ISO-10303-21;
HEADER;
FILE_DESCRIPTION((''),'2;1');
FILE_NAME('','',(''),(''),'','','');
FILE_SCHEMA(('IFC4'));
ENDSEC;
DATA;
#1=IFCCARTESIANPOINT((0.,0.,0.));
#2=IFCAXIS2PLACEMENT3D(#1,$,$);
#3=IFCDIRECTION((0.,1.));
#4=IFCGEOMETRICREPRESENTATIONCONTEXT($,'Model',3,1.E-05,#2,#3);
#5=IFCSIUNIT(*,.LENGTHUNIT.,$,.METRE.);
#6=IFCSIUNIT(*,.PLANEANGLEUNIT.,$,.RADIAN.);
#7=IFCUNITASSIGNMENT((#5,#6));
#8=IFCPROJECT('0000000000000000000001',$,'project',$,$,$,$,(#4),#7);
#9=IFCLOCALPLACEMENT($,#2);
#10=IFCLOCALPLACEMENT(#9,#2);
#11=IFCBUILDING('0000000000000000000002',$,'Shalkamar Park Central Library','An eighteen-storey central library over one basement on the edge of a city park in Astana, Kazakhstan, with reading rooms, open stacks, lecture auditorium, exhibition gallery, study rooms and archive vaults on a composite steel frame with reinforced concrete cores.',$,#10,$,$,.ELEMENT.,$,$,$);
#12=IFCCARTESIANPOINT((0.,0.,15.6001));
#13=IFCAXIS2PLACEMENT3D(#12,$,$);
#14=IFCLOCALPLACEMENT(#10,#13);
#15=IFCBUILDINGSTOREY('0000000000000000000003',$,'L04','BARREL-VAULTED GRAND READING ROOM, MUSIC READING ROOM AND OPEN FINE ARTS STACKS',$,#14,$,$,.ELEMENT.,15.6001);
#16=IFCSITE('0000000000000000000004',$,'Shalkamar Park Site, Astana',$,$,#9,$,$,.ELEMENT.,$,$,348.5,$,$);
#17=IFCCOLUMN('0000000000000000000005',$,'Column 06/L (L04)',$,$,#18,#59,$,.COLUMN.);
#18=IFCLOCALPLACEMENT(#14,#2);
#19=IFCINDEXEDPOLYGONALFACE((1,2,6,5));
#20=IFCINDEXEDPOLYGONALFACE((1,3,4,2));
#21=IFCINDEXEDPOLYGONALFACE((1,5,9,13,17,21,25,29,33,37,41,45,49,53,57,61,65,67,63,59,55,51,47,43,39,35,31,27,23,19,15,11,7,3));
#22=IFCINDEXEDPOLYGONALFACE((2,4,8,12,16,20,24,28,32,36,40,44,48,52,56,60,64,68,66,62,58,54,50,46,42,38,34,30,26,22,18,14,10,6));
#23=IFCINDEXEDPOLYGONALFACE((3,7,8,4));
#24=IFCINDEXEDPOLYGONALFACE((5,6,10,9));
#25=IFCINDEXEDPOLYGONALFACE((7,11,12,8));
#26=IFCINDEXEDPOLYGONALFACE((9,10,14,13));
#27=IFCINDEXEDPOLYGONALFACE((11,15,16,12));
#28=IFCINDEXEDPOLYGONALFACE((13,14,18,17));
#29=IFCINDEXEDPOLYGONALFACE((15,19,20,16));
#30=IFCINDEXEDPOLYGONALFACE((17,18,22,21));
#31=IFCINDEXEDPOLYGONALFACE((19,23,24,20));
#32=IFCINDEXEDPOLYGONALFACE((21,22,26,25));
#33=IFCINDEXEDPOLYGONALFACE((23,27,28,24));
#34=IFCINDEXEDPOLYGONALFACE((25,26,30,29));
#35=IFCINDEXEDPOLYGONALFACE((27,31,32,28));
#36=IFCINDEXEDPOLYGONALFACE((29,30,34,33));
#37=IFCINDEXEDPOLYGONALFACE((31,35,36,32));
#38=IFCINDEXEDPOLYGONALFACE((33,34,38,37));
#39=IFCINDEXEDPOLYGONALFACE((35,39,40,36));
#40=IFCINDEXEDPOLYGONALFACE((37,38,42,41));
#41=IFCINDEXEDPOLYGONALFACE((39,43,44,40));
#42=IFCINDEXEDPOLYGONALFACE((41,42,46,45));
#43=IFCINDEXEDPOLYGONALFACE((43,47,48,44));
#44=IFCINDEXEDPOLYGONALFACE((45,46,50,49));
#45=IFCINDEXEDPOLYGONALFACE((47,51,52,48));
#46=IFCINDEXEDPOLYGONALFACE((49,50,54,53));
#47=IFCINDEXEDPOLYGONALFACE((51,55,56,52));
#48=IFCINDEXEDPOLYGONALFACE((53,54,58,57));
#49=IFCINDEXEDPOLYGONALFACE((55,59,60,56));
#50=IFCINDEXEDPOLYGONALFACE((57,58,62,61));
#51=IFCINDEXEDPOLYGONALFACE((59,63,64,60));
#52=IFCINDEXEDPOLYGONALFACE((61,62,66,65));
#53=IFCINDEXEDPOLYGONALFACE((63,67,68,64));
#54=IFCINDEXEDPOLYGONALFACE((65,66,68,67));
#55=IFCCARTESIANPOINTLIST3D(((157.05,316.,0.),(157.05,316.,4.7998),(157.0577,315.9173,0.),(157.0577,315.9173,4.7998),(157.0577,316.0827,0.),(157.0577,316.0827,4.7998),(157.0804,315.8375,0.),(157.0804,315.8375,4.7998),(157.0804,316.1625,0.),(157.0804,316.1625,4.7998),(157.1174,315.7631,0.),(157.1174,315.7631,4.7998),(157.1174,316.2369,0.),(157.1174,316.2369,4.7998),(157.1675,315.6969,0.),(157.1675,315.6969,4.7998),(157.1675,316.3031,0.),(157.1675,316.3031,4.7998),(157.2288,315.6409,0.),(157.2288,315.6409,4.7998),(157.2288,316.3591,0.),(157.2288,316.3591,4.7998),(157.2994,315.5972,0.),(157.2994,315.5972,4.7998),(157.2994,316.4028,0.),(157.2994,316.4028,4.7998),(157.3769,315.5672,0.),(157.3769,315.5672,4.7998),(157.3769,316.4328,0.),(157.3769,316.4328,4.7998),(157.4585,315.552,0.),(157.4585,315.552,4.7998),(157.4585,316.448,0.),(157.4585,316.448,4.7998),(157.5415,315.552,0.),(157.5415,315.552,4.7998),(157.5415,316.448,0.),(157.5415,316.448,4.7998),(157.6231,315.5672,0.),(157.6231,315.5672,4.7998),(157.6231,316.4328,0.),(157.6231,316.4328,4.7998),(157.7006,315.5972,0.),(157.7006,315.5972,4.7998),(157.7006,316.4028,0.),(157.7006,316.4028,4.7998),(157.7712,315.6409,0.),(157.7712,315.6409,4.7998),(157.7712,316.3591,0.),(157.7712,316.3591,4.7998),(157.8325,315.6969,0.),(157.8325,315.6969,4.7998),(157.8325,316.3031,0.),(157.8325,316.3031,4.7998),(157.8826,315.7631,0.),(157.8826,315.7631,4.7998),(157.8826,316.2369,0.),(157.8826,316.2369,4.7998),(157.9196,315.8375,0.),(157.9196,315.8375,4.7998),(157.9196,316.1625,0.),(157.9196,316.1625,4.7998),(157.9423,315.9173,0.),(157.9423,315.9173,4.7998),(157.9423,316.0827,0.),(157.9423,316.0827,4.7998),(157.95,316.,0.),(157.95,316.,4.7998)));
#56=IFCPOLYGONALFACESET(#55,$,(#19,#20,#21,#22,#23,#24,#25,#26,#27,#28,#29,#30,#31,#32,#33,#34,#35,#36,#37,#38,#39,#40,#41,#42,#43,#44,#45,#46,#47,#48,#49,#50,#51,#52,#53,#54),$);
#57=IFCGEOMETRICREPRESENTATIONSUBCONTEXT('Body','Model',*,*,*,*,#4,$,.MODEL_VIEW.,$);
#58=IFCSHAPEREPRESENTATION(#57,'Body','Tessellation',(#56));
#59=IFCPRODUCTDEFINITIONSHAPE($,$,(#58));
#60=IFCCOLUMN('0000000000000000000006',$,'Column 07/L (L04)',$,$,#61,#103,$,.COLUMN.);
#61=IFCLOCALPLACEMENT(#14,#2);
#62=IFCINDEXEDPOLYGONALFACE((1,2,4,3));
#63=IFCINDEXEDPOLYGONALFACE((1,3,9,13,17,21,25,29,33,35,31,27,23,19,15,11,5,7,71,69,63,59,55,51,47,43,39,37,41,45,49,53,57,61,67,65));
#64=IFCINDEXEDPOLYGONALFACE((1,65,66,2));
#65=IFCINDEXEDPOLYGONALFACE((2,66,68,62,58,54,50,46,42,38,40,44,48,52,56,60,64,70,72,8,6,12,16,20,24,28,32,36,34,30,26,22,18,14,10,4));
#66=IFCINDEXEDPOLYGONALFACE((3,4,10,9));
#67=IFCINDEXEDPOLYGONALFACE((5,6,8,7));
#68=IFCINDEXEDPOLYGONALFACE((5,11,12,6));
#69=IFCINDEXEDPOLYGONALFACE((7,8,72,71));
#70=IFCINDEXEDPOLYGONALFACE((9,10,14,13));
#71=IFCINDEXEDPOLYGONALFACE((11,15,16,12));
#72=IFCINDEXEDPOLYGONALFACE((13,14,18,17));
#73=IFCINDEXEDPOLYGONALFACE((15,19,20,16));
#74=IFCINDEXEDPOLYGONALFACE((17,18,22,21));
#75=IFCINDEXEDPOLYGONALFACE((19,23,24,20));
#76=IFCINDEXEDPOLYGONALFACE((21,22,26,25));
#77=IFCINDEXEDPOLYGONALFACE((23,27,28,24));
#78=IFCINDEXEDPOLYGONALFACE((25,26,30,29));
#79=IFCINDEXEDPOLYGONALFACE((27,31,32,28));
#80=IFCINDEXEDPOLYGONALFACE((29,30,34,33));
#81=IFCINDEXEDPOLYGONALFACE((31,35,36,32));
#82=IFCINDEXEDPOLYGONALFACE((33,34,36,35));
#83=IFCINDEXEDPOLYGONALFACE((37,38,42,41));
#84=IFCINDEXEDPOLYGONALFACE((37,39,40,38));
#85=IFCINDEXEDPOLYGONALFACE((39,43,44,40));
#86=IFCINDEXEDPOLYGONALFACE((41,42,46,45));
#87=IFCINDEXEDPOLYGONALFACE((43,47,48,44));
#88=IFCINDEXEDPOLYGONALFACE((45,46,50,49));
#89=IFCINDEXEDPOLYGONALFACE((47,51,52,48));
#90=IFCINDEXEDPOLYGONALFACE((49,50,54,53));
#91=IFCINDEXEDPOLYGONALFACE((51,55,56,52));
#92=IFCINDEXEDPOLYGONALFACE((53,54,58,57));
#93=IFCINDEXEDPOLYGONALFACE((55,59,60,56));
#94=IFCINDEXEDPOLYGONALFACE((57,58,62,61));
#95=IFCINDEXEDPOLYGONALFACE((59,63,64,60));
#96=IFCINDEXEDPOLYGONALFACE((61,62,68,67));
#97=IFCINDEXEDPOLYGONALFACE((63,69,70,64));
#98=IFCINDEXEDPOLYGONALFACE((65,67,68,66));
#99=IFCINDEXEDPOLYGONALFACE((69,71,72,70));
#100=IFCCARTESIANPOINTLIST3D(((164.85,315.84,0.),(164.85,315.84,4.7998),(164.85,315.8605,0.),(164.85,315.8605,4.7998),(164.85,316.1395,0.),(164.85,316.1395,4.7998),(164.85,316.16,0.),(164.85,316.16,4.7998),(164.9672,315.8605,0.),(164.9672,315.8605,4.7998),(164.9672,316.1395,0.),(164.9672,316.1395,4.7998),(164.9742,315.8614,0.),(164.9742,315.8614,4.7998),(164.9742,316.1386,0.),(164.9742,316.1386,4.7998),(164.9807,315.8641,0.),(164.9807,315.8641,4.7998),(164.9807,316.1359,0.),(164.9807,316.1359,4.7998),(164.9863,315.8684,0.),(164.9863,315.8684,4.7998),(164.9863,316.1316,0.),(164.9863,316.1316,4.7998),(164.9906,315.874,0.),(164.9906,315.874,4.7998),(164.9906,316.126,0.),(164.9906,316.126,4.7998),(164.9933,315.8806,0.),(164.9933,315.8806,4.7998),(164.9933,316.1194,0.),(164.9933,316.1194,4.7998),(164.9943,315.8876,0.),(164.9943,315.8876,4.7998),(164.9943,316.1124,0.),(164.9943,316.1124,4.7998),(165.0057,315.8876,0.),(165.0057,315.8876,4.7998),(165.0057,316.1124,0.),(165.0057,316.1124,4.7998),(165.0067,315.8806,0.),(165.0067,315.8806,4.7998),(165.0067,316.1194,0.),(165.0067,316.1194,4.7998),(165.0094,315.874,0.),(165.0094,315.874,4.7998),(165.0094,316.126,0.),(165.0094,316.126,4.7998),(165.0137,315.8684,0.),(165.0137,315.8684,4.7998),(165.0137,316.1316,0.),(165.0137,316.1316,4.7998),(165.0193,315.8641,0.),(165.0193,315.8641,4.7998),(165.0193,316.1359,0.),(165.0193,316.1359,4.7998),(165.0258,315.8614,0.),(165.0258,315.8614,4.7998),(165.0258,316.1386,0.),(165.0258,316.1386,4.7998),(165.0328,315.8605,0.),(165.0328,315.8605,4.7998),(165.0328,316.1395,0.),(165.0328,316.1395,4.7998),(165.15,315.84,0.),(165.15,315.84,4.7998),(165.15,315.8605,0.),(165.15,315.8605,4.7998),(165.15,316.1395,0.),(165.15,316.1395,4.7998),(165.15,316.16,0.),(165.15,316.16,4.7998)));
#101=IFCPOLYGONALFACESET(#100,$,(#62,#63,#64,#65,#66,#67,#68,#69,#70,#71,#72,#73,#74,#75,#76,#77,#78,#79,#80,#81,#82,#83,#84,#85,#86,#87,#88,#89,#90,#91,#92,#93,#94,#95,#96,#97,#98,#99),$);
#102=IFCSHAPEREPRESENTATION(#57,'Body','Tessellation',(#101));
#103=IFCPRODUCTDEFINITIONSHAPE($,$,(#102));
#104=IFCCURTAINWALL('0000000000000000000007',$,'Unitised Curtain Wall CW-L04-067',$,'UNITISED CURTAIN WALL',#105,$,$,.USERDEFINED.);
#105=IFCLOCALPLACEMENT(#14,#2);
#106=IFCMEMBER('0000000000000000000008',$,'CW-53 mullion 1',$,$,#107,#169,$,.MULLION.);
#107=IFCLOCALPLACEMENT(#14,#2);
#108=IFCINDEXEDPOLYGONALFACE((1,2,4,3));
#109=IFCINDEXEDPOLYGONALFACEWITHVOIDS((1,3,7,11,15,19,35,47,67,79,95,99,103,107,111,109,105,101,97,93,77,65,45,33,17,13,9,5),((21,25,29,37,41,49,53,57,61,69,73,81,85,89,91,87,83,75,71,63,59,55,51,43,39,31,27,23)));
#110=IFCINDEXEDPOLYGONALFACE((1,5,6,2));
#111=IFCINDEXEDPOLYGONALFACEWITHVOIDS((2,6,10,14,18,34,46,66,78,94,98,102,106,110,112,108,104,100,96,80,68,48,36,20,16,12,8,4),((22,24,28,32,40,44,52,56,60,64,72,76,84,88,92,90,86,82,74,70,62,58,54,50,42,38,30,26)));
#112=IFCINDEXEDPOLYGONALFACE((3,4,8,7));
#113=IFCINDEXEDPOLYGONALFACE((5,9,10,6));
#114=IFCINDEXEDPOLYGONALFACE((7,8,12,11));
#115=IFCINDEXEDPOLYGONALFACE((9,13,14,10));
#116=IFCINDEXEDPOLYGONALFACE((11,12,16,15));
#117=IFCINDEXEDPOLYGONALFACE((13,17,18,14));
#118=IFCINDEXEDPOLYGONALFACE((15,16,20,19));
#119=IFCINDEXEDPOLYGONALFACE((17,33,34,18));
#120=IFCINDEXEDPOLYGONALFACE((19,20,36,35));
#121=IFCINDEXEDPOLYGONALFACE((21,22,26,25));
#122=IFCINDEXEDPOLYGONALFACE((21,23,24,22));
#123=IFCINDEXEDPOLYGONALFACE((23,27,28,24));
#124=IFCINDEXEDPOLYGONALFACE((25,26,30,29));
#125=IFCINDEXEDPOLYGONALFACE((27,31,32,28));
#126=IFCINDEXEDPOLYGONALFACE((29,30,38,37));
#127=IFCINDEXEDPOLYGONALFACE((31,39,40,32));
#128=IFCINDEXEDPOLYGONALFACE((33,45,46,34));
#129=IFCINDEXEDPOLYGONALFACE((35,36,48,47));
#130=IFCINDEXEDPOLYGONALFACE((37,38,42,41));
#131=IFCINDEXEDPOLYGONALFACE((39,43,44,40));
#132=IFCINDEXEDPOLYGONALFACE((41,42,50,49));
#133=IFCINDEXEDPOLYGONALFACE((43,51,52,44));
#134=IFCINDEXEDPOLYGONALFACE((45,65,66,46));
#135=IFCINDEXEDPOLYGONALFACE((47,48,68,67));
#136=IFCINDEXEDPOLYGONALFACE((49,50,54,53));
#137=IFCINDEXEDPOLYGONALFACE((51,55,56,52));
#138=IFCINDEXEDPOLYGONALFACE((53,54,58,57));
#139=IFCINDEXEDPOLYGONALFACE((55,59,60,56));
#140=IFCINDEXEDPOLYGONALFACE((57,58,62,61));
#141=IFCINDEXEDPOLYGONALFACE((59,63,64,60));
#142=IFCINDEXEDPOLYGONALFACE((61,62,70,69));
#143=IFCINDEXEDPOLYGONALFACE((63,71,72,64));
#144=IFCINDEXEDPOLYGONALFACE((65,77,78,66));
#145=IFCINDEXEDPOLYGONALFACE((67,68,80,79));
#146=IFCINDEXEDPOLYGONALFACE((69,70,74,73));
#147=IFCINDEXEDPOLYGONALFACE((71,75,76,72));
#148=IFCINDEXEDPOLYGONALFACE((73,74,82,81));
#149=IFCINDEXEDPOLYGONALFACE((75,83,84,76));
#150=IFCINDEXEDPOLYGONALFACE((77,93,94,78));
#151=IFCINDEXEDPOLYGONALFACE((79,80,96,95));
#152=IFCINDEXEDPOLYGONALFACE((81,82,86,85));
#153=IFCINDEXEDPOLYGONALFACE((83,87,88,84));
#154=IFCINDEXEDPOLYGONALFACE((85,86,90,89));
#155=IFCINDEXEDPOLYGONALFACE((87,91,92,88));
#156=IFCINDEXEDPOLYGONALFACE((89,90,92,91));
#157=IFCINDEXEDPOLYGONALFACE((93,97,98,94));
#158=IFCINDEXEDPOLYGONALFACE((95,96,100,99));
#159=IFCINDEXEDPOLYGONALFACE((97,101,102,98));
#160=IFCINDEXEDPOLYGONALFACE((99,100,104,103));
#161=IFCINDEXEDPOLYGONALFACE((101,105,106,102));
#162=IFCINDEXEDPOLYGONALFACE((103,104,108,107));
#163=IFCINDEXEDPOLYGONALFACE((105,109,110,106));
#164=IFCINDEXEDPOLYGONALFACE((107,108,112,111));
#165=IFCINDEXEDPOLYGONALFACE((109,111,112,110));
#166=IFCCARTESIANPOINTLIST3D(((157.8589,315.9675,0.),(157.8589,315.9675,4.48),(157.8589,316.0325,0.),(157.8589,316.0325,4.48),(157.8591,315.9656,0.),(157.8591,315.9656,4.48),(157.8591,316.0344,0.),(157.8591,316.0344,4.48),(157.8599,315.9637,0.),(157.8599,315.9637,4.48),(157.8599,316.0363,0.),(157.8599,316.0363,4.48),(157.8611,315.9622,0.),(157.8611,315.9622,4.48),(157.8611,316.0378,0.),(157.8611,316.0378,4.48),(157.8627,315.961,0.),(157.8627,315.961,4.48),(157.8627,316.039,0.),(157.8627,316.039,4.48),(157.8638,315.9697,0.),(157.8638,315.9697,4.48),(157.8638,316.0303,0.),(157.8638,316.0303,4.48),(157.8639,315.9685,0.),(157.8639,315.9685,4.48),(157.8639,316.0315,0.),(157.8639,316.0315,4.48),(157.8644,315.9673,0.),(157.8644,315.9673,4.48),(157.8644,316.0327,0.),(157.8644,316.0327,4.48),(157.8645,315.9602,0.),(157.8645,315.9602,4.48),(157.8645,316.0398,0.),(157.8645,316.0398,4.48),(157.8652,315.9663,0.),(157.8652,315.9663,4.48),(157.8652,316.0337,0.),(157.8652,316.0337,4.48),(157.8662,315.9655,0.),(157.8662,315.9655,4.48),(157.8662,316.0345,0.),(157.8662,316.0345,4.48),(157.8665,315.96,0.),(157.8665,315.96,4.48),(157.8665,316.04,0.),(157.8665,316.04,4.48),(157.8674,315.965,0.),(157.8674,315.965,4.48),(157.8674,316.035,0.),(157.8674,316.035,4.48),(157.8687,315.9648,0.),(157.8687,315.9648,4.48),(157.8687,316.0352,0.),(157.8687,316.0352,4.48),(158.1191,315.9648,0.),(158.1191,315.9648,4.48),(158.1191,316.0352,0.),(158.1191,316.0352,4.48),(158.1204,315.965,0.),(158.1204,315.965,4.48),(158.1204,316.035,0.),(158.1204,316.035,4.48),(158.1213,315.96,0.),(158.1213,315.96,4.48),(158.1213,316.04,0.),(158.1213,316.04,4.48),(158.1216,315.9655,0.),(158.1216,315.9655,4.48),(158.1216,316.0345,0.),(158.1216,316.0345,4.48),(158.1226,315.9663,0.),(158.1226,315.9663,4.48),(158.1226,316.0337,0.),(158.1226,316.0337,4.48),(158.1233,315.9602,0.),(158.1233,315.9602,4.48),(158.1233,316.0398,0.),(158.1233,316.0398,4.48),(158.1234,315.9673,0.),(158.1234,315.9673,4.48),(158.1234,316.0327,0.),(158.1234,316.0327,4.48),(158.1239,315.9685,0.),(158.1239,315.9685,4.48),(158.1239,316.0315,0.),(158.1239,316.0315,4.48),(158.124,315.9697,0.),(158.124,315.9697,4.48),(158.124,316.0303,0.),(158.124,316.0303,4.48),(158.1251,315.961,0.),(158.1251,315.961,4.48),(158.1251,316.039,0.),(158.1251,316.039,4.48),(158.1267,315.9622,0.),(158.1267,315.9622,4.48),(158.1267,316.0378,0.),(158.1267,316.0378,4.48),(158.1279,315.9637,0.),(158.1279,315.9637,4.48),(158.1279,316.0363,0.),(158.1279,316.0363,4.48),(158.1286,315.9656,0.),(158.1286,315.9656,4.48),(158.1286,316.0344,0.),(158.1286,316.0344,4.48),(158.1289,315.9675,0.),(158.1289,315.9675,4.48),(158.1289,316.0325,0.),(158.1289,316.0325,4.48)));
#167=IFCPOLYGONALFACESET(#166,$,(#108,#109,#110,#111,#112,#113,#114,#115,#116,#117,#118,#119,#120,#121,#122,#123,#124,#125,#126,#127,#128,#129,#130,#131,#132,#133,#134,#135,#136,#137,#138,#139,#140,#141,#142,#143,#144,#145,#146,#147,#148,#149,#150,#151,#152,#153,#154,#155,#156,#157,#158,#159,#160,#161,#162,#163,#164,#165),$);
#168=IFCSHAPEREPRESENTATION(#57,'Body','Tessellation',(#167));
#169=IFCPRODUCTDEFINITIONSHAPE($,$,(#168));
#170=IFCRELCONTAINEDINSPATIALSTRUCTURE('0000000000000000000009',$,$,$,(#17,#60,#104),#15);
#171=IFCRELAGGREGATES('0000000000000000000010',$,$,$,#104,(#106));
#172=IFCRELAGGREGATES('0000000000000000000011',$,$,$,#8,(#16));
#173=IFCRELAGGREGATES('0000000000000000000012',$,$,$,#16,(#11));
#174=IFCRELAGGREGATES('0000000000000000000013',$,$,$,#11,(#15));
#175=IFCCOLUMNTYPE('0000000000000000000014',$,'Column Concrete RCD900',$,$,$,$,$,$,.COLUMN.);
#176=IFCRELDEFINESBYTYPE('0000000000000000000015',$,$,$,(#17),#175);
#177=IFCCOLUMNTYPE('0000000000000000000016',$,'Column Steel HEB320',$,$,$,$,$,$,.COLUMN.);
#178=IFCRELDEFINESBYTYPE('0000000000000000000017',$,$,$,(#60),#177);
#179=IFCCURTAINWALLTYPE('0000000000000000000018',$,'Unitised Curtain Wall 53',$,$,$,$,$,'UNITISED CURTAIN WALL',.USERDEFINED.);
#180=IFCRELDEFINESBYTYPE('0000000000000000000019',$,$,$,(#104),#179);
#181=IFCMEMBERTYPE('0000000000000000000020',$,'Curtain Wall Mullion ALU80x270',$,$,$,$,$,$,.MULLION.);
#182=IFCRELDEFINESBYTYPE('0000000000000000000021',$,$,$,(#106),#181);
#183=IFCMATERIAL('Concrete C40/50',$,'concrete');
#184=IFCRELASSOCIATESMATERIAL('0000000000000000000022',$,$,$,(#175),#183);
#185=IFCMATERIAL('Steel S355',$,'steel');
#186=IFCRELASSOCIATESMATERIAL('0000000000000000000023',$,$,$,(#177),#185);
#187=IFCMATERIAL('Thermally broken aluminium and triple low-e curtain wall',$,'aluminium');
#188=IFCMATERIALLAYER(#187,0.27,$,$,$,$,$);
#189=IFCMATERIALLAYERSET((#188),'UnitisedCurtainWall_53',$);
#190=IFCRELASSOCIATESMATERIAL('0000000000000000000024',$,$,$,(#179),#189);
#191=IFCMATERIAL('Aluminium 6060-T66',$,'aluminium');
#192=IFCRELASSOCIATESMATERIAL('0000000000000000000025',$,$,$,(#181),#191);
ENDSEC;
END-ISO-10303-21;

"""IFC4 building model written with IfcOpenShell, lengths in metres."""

from ifc_helpers import new_model, si_unit, direction, frame, origin, origin_2d, place, context, subcontext, project, spatial, hollow_rectangle, circle, i_section, extrude, material, layer, layer_set, material_profile, profile_set, type_object, element, aggregate, save


model = new_model("IFC4")

# Units and contexts
model_context = context("Model", 3, precision=1e-05, world=origin(), true_north=direction((0.0, 1.0)))
body_context = subcontext(model_context, "Body", "Model", "MODEL_VIEW")
ifc_project = project(units=[si_unit("LENGTHUNIT", "METRE"), si_unit("PLANEANGLEUNIT", "RADIAN")], contexts=[model_context])

# Site, building, storey
site_placement = place(None, origin())
site = spatial("IfcSite", under=ifc_project, at=site_placement, Name="Shalkamar Park Site, Astana", CompositionType="ELEMENT", RefElevation=348.5)
building_placement = place(site_placement, origin())
building = spatial("IfcBuilding", under=site, at=building_placement, Name="Shalkamar Park Central Library", Description="An eighteen-storey central library over one basement on the edge of a city park in Astana, Kazakhstan, with reading rooms, open stacks, lecture auditorium, exhibition gallery, study rooms and archive vaults on a composite steel frame with reinforced concrete cores.", CompositionType="ELEMENT")
storey_placement = place(building_placement, frame((0.0, 0.0, 15.6001)))
storey = spatial("IfcBuildingStorey", under=building, at=storey_placement, Name="L04", Description="BARREL-VAULTED GRAND READING ROOM, MUSIC READING ROOM AND OPEN FINE ARTS STACKS", CompositionType="ELEMENT", Elevation=15.6001)

# Columns
ifc_material_1 = material(Name="Concrete C40/50", Category="concrete")
ifc_material_profile_1 = material_profile(ifc_material_1, circle(Radius=0.45, at=origin_2d()), Name="RC D900")
ifc_profile_set_1 = profile_set([ifc_material_profile_1], Name="Concrete C40/50")
column_type_1 = type_object("IfcColumnType", Name="Column Concrete RCD900", PredefinedType="COLUMN", material=ifc_profile_set_1)
column_1_placement = place(storey_placement, frame((157.5, 316.0, 0.0), z_axis=(0.0, 0.0, 1.0), x_axis=(1.0, 0.0, 0.0)))
element("IfcColumn", 1, at=column_1_placement, inside=storey, type_object=column_type_1, Name="Column 06/L (L04)", PredefinedType="COLUMN", context=body_context, shape_type="SweptSolid", body=[
    extrude(circle(Radius=0.45, at=origin_2d()), origin(), (0.0, 0.0, 1.0), 4.7998),
])
ifc_material_2 = material(Name="Steel S355", Category="steel")
ifc_material_profile_2 = material_profile(ifc_material_2, i_section(OverallWidth=0.3, OverallDepth=0.3201, WebThickness=0.0115, FlangeThickness=0.0205, FilletRadius=0.0271, at=origin_2d()), Name="HEB 320")
ifc_profile_set_2 = profile_set([ifc_material_profile_2], Name="Steel S355")
column_type_2 = type_object("IfcColumnType", Name="Column Steel HEB320", PredefinedType="COLUMN", material=ifc_profile_set_2)
column_2_placement = place(storey_placement, frame((165.0, 316.0, 0.0), z_axis=(0.0, 0.0, 1.0), x_axis=(1.0, 0.0, 0.0)))
element("IfcColumn", 2, at=column_2_placement, inside=storey, type_object=column_type_2, Name="Column 07/L (L04)", PredefinedType="COLUMN", context=body_context, shape_type="SweptSolid", body=[
    extrude(i_section(OverallWidth=0.3, OverallDepth=0.3201, WebThickness=0.0115, FlangeThickness=0.0205, FilletRadius=0.0271, at=origin_2d()), origin(), (0.0, 0.0, 1.0), 4.7998),
])

# Curtain wall, member
ifc_material_3 = material(Name="Thermally broken aluminium and triple low-e curtain wall", Category="aluminium")
ifc_layer_1 = layer(ifc_material_3, 0.27)
ifc_layer_set_1 = layer_set([ifc_layer_1], Name="UnitisedCurtainWall_53")
curtain_wall_type_1 = type_object("IfcCurtainWallType", Name="Unitised Curtain Wall 53", ElementType="UNITISED CURTAIN WALL", PredefinedType="USERDEFINED", material=ifc_layer_set_1)
curtain_wall_1_placement = place(storey_placement, origin())
curtain_wall_1 = element("IfcCurtainWall", 3, at=curtain_wall_1_placement, inside=storey, type_object=curtain_wall_type_1, Name="Unitised Curtain Wall CW-L04-067", ObjectType="UNITISED CURTAIN WALL", PredefinedType="USERDEFINED")
ifc_material_4 = material(Name="Aluminium 6060-T66", Category="aluminium")
ifc_material_profile_3 = material_profile(ifc_material_4, hollow_rectangle(XDim=0.0801, YDim=0.27, WallThickness=0.0049, InnerFilletRadius=0.0049, OuterFilletRadius=0.0076, at=origin_2d()), Name="ALU 80x270x5")
ifc_profile_set_3 = profile_set([ifc_material_profile_3], Name="Aluminium 6060-T66")
member_type_1 = type_object("IfcMemberType", Name="Curtain Wall Mullion ALU80x270", PredefinedType="MULLION", material=ifc_profile_set_3)
member_1_placement = place(storey_placement, frame((157.9939, 316.0, 0.0), z_axis=(0.0, 0.0, 1.0), x_axis=(0.0, 1.0, 0.0)))
member_1 = element("IfcMember", 4, at=member_1_placement, type_object=member_type_1, Name="CW-53 mullion 1", PredefinedType="MULLION", context=body_context, shape_type="SweptSolid", body=[
    extrude(hollow_rectangle(XDim=0.0801, YDim=0.27, WallThickness=0.0049, InnerFilletRadius=0.0049, OuterFilletRadius=0.0076, at=origin_2d()), origin(), (0.0, 0.0, 1.0), 4.48),
])

aggregate(curtain_wall_1, [member_1])

save(model, "model.ifc")
